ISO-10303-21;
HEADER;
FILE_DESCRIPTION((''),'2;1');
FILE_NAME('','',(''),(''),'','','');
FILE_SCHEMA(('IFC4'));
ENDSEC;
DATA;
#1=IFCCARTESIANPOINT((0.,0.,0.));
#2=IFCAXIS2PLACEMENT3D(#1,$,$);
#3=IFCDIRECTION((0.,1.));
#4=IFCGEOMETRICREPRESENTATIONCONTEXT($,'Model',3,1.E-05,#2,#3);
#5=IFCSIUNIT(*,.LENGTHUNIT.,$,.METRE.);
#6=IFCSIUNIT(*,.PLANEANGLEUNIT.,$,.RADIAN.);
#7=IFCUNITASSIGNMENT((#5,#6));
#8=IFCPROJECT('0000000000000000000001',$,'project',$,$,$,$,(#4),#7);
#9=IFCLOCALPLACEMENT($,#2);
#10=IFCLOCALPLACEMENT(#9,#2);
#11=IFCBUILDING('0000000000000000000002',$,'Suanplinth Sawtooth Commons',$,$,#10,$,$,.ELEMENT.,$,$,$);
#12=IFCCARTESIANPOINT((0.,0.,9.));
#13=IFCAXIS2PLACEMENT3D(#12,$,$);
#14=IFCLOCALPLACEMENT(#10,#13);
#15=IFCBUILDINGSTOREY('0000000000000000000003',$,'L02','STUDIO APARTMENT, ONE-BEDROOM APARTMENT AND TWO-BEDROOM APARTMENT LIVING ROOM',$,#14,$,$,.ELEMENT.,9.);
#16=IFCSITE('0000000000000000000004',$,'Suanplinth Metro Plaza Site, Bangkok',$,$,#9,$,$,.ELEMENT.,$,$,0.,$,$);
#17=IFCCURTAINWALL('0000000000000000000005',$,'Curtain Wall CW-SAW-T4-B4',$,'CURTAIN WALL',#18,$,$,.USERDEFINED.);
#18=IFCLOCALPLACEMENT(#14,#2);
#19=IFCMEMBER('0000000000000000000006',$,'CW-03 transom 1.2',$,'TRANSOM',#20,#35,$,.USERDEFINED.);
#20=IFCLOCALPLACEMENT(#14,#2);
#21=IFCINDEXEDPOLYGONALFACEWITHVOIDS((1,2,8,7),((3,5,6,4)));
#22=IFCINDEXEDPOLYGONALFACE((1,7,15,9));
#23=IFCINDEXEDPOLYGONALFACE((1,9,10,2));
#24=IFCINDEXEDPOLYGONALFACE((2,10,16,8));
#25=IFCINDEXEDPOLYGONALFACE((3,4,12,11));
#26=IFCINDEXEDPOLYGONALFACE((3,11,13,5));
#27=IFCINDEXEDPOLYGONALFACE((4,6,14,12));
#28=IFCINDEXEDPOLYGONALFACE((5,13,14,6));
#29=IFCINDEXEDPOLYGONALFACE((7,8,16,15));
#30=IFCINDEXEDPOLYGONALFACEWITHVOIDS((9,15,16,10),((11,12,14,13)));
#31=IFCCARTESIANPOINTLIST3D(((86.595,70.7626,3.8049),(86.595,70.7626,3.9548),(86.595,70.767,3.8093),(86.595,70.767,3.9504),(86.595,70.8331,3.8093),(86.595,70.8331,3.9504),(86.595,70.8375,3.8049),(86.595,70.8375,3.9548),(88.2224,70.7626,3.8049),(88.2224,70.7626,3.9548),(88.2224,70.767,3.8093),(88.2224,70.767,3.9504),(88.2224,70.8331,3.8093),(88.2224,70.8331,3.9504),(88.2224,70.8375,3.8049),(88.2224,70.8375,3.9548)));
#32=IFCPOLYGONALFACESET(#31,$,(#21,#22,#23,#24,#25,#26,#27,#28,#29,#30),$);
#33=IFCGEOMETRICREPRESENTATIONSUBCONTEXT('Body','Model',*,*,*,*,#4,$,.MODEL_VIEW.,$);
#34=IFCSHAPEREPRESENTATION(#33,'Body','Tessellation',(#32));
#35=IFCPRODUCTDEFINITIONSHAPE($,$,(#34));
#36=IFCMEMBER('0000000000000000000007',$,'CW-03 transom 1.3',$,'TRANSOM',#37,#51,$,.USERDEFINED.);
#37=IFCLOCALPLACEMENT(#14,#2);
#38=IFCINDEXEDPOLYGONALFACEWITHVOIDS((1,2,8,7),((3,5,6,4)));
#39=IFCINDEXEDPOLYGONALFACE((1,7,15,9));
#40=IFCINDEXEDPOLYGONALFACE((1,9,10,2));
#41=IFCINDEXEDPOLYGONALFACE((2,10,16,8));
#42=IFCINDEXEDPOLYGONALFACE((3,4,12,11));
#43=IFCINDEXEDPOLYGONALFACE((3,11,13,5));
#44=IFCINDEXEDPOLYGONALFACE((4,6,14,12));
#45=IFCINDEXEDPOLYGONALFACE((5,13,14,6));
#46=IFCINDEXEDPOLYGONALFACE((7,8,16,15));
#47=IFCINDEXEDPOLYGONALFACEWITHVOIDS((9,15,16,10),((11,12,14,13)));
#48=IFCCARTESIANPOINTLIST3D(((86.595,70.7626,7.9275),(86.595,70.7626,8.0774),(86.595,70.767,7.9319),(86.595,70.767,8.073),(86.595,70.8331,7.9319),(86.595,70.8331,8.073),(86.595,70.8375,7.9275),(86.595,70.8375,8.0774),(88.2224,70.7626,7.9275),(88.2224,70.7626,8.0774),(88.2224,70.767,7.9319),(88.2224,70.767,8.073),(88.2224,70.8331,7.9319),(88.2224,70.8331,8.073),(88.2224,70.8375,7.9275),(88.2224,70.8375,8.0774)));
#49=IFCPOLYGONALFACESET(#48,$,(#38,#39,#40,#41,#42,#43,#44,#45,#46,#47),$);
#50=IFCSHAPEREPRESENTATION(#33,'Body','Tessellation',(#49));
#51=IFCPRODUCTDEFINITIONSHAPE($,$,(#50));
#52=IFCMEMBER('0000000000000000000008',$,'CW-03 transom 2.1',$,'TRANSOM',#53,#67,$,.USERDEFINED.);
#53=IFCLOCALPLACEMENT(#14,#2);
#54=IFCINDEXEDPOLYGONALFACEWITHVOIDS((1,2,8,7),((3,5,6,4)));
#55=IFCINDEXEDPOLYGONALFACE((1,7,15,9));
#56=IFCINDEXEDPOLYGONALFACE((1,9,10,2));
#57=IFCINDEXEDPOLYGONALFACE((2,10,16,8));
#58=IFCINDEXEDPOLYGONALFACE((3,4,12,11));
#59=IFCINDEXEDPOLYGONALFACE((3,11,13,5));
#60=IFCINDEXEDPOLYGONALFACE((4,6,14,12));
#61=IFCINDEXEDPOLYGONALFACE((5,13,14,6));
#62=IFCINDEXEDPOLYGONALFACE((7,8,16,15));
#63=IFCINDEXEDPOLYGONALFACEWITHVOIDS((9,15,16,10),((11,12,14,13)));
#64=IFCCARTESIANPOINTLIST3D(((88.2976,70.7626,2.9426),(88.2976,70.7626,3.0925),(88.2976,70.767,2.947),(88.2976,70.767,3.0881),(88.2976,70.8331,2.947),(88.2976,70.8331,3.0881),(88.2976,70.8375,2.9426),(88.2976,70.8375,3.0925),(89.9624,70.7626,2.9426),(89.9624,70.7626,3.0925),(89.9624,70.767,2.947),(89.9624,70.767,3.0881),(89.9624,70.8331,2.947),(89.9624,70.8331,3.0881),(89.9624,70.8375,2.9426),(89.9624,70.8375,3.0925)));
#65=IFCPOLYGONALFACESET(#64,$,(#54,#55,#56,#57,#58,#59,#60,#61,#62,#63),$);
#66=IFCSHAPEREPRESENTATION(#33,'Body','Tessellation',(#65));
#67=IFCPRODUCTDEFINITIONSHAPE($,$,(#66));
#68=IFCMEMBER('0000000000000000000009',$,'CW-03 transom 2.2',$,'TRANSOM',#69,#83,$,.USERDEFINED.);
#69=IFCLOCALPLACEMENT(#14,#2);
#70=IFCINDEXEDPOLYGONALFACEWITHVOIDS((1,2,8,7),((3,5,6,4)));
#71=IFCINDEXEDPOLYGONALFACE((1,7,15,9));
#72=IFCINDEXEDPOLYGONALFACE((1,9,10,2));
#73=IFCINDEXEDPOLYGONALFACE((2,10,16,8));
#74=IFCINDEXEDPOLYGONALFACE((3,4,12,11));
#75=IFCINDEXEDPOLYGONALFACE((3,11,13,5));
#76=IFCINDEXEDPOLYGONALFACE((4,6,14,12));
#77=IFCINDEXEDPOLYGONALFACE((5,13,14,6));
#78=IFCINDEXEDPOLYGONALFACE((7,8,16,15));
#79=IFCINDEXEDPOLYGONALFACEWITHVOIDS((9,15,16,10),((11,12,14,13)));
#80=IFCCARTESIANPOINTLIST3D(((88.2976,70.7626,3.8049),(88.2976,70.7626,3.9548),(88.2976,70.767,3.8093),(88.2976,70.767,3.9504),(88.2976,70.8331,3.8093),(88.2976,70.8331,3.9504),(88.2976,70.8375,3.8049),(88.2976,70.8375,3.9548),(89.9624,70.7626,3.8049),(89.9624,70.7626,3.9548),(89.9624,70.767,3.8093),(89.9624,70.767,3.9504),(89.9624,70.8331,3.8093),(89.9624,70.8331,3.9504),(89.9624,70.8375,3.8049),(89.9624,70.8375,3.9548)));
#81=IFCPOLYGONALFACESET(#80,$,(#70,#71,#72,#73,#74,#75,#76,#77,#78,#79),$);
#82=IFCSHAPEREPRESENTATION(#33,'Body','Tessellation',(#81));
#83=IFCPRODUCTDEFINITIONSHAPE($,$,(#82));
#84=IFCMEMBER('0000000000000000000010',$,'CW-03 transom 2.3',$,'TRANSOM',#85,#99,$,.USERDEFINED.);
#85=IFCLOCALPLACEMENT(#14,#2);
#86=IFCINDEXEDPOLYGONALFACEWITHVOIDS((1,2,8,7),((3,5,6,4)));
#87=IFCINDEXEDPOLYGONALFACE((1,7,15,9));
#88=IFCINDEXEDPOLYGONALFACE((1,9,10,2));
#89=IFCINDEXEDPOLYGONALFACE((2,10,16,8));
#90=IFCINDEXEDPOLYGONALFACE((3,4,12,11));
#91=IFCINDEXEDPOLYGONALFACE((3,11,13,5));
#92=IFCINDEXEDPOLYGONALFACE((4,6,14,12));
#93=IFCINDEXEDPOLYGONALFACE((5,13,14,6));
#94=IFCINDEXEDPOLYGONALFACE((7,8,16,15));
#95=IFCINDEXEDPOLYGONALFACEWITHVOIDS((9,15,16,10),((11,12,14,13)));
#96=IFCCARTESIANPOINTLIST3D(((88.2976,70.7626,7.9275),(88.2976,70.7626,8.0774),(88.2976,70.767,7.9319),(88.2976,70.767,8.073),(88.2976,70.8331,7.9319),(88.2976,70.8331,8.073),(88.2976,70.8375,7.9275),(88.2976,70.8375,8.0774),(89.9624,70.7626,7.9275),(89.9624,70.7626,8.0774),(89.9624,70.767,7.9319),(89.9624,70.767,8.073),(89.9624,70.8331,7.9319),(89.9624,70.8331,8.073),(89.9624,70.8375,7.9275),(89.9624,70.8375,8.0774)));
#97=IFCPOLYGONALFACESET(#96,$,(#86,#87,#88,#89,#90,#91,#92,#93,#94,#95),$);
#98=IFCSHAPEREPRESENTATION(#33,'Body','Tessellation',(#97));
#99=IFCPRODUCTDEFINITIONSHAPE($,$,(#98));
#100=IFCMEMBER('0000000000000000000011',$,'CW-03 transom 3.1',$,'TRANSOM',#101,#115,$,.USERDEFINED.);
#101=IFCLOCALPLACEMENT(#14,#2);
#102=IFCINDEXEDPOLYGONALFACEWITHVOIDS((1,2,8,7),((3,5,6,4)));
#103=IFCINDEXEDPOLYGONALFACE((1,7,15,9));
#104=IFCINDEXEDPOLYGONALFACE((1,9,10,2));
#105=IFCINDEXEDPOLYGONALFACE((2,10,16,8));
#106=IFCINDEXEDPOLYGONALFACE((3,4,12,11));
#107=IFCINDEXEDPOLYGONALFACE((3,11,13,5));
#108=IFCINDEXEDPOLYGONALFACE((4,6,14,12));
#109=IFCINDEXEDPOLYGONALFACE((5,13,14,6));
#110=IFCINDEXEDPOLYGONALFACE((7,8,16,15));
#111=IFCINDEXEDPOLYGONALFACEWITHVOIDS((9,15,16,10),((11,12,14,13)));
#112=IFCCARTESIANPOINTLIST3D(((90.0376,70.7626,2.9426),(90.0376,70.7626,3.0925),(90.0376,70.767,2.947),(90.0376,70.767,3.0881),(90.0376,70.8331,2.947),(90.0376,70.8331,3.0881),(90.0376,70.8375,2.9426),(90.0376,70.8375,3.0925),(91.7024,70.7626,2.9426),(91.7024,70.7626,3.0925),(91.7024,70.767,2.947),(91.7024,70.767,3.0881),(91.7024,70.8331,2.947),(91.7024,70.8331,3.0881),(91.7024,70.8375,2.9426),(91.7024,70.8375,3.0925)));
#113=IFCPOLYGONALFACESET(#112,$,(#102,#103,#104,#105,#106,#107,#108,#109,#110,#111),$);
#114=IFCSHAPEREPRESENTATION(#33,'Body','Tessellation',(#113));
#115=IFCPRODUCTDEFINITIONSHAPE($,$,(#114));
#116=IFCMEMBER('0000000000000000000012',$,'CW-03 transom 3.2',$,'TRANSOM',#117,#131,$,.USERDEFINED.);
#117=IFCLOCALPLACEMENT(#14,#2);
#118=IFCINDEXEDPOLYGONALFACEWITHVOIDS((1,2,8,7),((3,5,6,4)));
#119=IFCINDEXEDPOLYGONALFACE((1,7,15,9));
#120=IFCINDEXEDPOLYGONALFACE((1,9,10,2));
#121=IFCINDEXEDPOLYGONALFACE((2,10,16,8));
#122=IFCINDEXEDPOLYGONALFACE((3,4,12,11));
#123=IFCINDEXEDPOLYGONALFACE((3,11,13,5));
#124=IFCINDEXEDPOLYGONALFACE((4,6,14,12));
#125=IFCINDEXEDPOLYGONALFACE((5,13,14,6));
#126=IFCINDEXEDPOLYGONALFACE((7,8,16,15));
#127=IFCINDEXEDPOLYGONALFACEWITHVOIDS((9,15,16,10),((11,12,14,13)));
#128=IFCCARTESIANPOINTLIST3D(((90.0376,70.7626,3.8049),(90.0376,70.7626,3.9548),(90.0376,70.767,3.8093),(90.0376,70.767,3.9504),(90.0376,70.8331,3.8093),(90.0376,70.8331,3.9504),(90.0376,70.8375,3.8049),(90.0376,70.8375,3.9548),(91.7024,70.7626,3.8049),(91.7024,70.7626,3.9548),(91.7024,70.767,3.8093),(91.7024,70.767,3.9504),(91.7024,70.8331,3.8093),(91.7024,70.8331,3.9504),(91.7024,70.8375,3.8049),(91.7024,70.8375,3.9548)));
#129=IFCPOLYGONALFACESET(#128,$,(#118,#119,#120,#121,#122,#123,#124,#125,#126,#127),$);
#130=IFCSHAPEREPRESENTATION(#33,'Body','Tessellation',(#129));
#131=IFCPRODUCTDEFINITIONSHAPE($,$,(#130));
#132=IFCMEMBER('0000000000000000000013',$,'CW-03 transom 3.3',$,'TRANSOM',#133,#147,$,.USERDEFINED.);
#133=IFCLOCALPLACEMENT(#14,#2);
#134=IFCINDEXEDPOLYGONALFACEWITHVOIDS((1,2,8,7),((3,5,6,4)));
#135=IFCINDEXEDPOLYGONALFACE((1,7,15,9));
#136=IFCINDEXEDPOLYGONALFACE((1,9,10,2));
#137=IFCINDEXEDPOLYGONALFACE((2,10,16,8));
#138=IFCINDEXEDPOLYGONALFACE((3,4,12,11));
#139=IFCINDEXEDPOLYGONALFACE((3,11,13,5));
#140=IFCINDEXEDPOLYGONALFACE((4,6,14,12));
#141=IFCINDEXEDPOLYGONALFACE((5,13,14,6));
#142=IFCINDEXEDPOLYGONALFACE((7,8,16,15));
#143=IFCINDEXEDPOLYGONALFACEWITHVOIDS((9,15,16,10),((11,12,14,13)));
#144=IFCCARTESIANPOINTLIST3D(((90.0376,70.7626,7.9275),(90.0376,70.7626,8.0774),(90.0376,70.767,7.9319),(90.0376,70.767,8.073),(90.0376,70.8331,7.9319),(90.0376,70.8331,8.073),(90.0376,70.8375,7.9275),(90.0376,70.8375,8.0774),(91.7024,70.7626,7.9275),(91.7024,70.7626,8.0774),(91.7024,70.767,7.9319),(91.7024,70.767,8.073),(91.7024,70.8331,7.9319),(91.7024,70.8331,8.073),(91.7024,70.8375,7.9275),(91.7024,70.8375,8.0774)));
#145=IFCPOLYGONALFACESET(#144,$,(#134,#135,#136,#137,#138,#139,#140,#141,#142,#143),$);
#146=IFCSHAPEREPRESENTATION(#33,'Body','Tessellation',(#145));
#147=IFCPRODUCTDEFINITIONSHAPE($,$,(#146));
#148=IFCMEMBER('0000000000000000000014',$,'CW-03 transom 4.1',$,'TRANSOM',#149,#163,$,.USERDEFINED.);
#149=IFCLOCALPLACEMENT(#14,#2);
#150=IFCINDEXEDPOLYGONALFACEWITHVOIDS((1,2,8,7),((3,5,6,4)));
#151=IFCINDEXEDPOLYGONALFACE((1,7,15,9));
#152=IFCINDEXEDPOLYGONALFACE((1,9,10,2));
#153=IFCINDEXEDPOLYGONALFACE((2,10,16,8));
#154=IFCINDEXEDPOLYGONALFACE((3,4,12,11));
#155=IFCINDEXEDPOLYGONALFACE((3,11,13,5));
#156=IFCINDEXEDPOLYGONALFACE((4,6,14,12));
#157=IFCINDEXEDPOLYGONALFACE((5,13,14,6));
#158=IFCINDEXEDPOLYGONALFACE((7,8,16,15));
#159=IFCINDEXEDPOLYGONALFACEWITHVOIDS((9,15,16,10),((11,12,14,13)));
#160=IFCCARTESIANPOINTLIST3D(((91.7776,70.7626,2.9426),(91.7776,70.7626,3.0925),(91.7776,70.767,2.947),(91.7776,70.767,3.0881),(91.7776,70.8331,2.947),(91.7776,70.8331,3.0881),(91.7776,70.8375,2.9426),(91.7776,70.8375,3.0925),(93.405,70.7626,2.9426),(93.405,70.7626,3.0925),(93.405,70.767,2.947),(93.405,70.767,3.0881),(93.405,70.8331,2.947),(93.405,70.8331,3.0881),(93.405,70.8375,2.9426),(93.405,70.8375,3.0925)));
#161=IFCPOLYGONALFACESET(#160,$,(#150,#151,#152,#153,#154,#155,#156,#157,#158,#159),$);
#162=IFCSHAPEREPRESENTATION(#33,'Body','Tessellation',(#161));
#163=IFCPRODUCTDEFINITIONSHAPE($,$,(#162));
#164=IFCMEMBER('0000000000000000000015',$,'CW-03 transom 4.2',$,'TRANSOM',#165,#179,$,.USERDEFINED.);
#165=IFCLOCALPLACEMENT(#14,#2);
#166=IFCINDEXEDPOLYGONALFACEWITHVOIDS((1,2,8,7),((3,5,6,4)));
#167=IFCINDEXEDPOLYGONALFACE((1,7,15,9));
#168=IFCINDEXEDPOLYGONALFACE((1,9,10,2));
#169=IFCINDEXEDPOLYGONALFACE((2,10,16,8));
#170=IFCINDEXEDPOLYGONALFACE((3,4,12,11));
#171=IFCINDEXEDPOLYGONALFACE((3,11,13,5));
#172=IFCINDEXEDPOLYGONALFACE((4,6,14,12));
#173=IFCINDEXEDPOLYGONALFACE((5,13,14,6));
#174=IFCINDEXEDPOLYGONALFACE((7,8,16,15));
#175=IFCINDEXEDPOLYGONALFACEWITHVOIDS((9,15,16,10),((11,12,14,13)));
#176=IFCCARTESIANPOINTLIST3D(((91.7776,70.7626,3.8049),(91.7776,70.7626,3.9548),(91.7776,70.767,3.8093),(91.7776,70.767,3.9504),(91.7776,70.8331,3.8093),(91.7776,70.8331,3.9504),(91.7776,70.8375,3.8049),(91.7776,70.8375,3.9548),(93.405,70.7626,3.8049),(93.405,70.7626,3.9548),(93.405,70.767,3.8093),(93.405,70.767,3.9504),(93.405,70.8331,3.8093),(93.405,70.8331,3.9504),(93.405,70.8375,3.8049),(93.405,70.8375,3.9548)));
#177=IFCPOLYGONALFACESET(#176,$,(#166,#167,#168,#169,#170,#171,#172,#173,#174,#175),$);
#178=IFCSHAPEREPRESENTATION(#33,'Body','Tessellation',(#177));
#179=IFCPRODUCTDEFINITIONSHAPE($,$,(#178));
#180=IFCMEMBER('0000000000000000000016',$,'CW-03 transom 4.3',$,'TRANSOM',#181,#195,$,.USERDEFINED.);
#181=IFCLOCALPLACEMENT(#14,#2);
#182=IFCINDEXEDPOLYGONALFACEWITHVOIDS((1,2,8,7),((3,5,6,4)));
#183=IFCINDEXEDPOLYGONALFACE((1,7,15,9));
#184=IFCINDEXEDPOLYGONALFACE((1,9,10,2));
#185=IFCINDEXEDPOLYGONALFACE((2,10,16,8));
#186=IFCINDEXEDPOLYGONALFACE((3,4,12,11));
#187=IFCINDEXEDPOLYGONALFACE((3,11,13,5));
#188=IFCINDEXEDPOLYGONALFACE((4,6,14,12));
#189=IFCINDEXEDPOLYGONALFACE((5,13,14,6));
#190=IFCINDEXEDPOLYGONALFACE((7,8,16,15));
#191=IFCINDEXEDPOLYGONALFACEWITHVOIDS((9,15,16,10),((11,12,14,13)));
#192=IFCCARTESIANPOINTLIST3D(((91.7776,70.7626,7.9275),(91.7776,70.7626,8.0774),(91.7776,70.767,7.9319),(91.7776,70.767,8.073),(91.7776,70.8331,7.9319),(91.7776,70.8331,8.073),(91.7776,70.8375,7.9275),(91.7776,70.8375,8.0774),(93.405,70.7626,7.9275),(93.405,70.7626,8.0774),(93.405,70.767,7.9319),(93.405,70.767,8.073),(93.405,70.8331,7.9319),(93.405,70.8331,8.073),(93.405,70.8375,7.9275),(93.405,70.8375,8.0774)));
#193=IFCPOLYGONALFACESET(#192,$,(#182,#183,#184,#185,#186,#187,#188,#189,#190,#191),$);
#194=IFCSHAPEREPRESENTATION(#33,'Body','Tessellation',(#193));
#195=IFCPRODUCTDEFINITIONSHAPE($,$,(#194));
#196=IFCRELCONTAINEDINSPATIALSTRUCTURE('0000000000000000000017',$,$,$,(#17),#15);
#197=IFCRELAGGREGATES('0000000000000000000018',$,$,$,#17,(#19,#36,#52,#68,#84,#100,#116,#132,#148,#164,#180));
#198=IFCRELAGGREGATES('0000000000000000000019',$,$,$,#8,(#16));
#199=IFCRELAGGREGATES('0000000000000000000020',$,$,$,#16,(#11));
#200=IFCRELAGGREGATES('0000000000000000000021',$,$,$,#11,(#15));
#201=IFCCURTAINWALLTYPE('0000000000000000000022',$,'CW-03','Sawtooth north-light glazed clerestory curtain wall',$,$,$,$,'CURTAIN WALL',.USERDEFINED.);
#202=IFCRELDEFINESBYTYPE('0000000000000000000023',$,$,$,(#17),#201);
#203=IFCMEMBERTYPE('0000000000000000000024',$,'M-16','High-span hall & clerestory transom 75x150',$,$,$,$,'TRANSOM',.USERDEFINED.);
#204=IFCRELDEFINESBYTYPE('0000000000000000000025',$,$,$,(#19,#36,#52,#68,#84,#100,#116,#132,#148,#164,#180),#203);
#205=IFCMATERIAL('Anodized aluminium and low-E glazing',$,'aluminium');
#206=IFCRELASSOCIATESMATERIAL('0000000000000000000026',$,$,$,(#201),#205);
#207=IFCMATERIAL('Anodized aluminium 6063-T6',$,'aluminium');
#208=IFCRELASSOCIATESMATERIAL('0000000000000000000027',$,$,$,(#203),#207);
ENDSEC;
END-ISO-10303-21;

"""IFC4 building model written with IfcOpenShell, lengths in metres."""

from ifc_helpers import new_model, si_unit, direction, frame, origin, origin_2d, place, context, subcontext, project, spatial, hollow_rectangle, extrude, material, material_profile, profile_set, type_object, element, aggregate, save


model = new_model("IFC4")

# Units and contexts
model_context = context("Model", 3, precision=1e-05, world=origin(), true_north=direction((0.0, 1.0)))
body_context = subcontext(model_context, "Body", "Model", "MODEL_VIEW")
ifc_project = project(units=[si_unit("LENGTHUNIT", "METRE"), si_unit("PLANEANGLEUNIT", "RADIAN")], contexts=[model_context])

# Site, building, storey
site_placement = place(None, origin())
site = spatial("IfcSite", under=ifc_project, at=site_placement, Name="Suanplinth Metro Plaza Site, Bangkok", CompositionType="ELEMENT", RefElevation=0.0)
building_placement = place(site_placement, origin())
building = spatial("IfcBuilding", under=site, at=building_placement, Name="Suanplinth Sawtooth Commons", CompositionType="ELEMENT")
storey_placement = place(building_placement, frame((0.0, 0.0, 9.0)))
storey = spatial("IfcBuildingStorey", under=building, at=storey_placement, Name="L02", Description="STUDIO APARTMENT, ONE-BEDROOM APARTMENT AND TWO-BEDROOM APARTMENT LIVING ROOM", CompositionType="ELEMENT", Elevation=9.0)

# Curtain wall
ifc_material_1 = material(Name="Anodized aluminium and low-E glazing", Category="aluminium")
curtain_wall_type = type_object("IfcCurtainWallType", Name="CW-03", Description="Sawtooth north-light glazed clerestory curtain wall", ElementType="CURTAIN WALL", PredefinedType="USERDEFINED", material=ifc_material_1)
curtain_wall_1_placement = place(storey_placement, origin())
curtain_wall_1 = element("IfcCurtainWall", 1, at=curtain_wall_1_placement, inside=storey, type_object=curtain_wall_type, Name="Curtain Wall CW-SAW-T4-B4", ObjectType="CURTAIN WALL", PredefinedType="USERDEFINED")
ifc_material_2 = material(Name="Anodized aluminium 6063-T6", Category="aluminium")

# Members
ifc_material_profile_1 = material_profile(ifc_material_2, hollow_rectangle(XDim=0.075, YDim=0.1499, WallThickness=0.0044, at=origin_2d()), Name="ALU-TRN 75x150")
ifc_profile_set_1 = profile_set([ifc_material_profile_1], Name="Anodized aluminium 6063-T6")
member_type_1 = type_object("IfcMemberType", Name="M-16", Description="High-span hall & clerestory transom 75x150", ElementType="TRANSOM", PredefinedType="USERDEFINED", material=ifc_profile_set_1)
member_1_placement = place(storey_placement, frame((86.595, 70.8, 3.8799), z_axis=(1.0, 0.0, 0.0), x_axis=(0.0, 1.0, 0.0)))
member_1 = element("IfcMember", 2, at=member_1_placement, type_object=member_type_1, Name="CW-03 transom 1.2", ObjectType="TRANSOM", PredefinedType="USERDEFINED", context=body_context, shape_type="SweptSolid", body=[
    extrude(hollow_rectangle(XDim=0.075, YDim=0.1499, WallThickness=0.0044, at=origin_2d()), origin(), (0.0, 0.0, 1.0), 1.6274),
])
member_2_placement = place(storey_placement, frame((86.595, 70.8, 8.0024), z_axis=(1.0, 0.0, 0.0), x_axis=(0.0, 1.0, 0.0)))
member_2 = element("IfcMember", 3, at=member_2_placement, type_object=member_type_1, Name="CW-03 transom 1.3", ObjectType="TRANSOM", PredefinedType="USERDEFINED", context=body_context, shape_type="SweptSolid", body=[
    extrude(hollow_rectangle(XDim=0.075, YDim=0.1499, WallThickness=0.0044, at=origin_2d()), origin(), (0.0, 0.0, 1.0), 1.6274),
])
member_3_placement = place(storey_placement, frame((88.2976, 70.8, 3.0176), z_axis=(1.0, 0.0, 0.0), x_axis=(0.0, 1.0, 0.0)))
member_3 = element("IfcMember", 4, at=member_3_placement, type_object=member_type_1, Name="CW-03 transom 2.1", ObjectType="TRANSOM", PredefinedType="USERDEFINED", context=body_context, shape_type="SweptSolid", body=[
    extrude(hollow_rectangle(XDim=0.075, YDim=0.1499, WallThickness=0.0044, at=origin_2d()), origin(), (0.0, 0.0, 1.0), 1.6648),
])
member_4_placement = place(storey_placement, frame((88.2976, 70.8, 3.8799), z_axis=(1.0, 0.0, 0.0), x_axis=(0.0, 1.0, 0.0)))
member_4 = element("IfcMember", 5, at=member_4_placement, type_object=member_type_1, Name="CW-03 transom 2.2", ObjectType="TRANSOM", PredefinedType="USERDEFINED", context=body_context, shape_type="SweptSolid", body=[
    extrude(hollow_rectangle(XDim=0.075, YDim=0.1499, WallThickness=0.0044, at=origin_2d()), origin(), (0.0, 0.0, 1.0), 1.6648),
])
member_5_placement = place(storey_placement, frame((88.2976, 70.8, 8.0024), z_axis=(1.0, 0.0, 0.0), x_axis=(0.0, 1.0, 0.0)))
member_5 = element("IfcMember", 6, at=member_5_placement, type_object=member_type_1, Name="CW-03 transom 2.3", ObjectType="TRANSOM", PredefinedType="USERDEFINED", context=body_context, shape_type="SweptSolid", body=[
    extrude(hollow_rectangle(XDim=0.075, YDim=0.1499, WallThickness=0.0044, at=origin_2d()), origin(), (0.0, 0.0, 1.0), 1.6648),
])
member_6_placement = place(storey_placement, frame((90.0376, 70.8, 3.0176), z_axis=(1.0, 0.0, 0.0), x_axis=(0.0, 1.0, 0.0)))
member_6 = element("IfcMember", 7, at=member_6_placement, type_object=member_type_1, Name="CW-03 transom 3.1", ObjectType="TRANSOM", PredefinedType="USERDEFINED", context=body_context, shape_type="SweptSolid", body=[
    extrude(hollow_rectangle(XDim=0.075, YDim=0.1499, WallThickness=0.0044, at=origin_2d()), origin(), (0.0, 0.0, 1.0), 1.6648),
])
member_7_placement = place(storey_placement, frame((90.0376, 70.8, 3.8799), z_axis=(1.0, 0.0, 0.0), x_axis=(0.0, 1.0, 0.0)))
member_7 = element("IfcMember", 8, at=member_7_placement, type_object=member_type_1, Name="CW-03 transom 3.2", ObjectType="TRANSOM", PredefinedType="USERDEFINED", context=body_context, shape_type="SweptSolid", body=[
    extrude(hollow_rectangle(XDim=0.075, YDim=0.1499, WallThickness=0.0044, at=origin_2d()), origin(), (0.0, 0.0, 1.0), 1.6648),
])
member_8_placement = place(storey_placement, frame((90.0376, 70.8, 8.0024), z_axis=(1.0, 0.0, 0.0), x_axis=(0.0, 1.0, 0.0)))
member_8 = element("IfcMember", 9, at=member_8_placement, type_object=member_type_1, Name="CW-03 transom 3.3", ObjectType="TRANSOM", PredefinedType="USERDEFINED", context=body_context, shape_type="SweptSolid", body=[
    extrude(hollow_rectangle(XDim=0.075, YDim=0.1499, WallThickness=0.0044, at=origin_2d()), origin(), (0.0, 0.0, 1.0), 1.6648),
])
member_9_placement = place(storey_placement, frame((91.7776, 70.8, 3.0176), z_axis=(1.0, 0.0, 0.0), x_axis=(0.0, 1.0, 0.0)))
member_9 = element("IfcMember", 10, at=member_9_placement, type_object=member_type_1, Name="CW-03 transom 4.1", ObjectType="TRANSOM", PredefinedType="USERDEFINED", context=body_context, shape_type="SweptSolid", body=[
    extrude(hollow_rectangle(XDim=0.075, YDim=0.1499, WallThickness=0.0044, at=origin_2d()), origin(), (0.0, 0.0, 1.0), 1.6274),
])
member_10_placement = place(storey_placement, frame((91.7776, 70.8, 3.8799), z_axis=(1.0, 0.0, 0.0), x_axis=(0.0, 1.0, 0.0)))
member_10 = element("IfcMember", 11, at=member_10_placement, type_object=member_type_1, Name="CW-03 transom 4.2", ObjectType="TRANSOM", PredefinedType="USERDEFINED", context=body_context, shape_type="SweptSolid", body=[
    extrude(hollow_rectangle(XDim=0.075, YDim=0.1499, WallThickness=0.0044, at=origin_2d()), origin(), (0.0, 0.0, 1.0), 1.6274),
])
member_11_placement = place(storey_placement, frame((91.7776, 70.8, 8.0024), z_axis=(1.0, 0.0, 0.0), x_axis=(0.0, 1.0, 0.0)))
member_11 = element("IfcMember", 12, at=member_11_placement, type_object=member_type_1, Name="CW-03 transom 4.3", ObjectType="TRANSOM", PredefinedType="USERDEFINED", context=body_context, shape_type="SweptSolid", body=[
    extrude(hollow_rectangle(XDim=0.075, YDim=0.1499, WallThickness=0.0044, at=origin_2d()), origin(), (0.0, 0.0, 1.0), 1.6274),
])

aggregate(curtain_wall_1, [member_1, member_2, member_3, member_4, member_5, member_6, member_7, member_8, member_9, member_10, member_11])

save(model, "model.ifc")
